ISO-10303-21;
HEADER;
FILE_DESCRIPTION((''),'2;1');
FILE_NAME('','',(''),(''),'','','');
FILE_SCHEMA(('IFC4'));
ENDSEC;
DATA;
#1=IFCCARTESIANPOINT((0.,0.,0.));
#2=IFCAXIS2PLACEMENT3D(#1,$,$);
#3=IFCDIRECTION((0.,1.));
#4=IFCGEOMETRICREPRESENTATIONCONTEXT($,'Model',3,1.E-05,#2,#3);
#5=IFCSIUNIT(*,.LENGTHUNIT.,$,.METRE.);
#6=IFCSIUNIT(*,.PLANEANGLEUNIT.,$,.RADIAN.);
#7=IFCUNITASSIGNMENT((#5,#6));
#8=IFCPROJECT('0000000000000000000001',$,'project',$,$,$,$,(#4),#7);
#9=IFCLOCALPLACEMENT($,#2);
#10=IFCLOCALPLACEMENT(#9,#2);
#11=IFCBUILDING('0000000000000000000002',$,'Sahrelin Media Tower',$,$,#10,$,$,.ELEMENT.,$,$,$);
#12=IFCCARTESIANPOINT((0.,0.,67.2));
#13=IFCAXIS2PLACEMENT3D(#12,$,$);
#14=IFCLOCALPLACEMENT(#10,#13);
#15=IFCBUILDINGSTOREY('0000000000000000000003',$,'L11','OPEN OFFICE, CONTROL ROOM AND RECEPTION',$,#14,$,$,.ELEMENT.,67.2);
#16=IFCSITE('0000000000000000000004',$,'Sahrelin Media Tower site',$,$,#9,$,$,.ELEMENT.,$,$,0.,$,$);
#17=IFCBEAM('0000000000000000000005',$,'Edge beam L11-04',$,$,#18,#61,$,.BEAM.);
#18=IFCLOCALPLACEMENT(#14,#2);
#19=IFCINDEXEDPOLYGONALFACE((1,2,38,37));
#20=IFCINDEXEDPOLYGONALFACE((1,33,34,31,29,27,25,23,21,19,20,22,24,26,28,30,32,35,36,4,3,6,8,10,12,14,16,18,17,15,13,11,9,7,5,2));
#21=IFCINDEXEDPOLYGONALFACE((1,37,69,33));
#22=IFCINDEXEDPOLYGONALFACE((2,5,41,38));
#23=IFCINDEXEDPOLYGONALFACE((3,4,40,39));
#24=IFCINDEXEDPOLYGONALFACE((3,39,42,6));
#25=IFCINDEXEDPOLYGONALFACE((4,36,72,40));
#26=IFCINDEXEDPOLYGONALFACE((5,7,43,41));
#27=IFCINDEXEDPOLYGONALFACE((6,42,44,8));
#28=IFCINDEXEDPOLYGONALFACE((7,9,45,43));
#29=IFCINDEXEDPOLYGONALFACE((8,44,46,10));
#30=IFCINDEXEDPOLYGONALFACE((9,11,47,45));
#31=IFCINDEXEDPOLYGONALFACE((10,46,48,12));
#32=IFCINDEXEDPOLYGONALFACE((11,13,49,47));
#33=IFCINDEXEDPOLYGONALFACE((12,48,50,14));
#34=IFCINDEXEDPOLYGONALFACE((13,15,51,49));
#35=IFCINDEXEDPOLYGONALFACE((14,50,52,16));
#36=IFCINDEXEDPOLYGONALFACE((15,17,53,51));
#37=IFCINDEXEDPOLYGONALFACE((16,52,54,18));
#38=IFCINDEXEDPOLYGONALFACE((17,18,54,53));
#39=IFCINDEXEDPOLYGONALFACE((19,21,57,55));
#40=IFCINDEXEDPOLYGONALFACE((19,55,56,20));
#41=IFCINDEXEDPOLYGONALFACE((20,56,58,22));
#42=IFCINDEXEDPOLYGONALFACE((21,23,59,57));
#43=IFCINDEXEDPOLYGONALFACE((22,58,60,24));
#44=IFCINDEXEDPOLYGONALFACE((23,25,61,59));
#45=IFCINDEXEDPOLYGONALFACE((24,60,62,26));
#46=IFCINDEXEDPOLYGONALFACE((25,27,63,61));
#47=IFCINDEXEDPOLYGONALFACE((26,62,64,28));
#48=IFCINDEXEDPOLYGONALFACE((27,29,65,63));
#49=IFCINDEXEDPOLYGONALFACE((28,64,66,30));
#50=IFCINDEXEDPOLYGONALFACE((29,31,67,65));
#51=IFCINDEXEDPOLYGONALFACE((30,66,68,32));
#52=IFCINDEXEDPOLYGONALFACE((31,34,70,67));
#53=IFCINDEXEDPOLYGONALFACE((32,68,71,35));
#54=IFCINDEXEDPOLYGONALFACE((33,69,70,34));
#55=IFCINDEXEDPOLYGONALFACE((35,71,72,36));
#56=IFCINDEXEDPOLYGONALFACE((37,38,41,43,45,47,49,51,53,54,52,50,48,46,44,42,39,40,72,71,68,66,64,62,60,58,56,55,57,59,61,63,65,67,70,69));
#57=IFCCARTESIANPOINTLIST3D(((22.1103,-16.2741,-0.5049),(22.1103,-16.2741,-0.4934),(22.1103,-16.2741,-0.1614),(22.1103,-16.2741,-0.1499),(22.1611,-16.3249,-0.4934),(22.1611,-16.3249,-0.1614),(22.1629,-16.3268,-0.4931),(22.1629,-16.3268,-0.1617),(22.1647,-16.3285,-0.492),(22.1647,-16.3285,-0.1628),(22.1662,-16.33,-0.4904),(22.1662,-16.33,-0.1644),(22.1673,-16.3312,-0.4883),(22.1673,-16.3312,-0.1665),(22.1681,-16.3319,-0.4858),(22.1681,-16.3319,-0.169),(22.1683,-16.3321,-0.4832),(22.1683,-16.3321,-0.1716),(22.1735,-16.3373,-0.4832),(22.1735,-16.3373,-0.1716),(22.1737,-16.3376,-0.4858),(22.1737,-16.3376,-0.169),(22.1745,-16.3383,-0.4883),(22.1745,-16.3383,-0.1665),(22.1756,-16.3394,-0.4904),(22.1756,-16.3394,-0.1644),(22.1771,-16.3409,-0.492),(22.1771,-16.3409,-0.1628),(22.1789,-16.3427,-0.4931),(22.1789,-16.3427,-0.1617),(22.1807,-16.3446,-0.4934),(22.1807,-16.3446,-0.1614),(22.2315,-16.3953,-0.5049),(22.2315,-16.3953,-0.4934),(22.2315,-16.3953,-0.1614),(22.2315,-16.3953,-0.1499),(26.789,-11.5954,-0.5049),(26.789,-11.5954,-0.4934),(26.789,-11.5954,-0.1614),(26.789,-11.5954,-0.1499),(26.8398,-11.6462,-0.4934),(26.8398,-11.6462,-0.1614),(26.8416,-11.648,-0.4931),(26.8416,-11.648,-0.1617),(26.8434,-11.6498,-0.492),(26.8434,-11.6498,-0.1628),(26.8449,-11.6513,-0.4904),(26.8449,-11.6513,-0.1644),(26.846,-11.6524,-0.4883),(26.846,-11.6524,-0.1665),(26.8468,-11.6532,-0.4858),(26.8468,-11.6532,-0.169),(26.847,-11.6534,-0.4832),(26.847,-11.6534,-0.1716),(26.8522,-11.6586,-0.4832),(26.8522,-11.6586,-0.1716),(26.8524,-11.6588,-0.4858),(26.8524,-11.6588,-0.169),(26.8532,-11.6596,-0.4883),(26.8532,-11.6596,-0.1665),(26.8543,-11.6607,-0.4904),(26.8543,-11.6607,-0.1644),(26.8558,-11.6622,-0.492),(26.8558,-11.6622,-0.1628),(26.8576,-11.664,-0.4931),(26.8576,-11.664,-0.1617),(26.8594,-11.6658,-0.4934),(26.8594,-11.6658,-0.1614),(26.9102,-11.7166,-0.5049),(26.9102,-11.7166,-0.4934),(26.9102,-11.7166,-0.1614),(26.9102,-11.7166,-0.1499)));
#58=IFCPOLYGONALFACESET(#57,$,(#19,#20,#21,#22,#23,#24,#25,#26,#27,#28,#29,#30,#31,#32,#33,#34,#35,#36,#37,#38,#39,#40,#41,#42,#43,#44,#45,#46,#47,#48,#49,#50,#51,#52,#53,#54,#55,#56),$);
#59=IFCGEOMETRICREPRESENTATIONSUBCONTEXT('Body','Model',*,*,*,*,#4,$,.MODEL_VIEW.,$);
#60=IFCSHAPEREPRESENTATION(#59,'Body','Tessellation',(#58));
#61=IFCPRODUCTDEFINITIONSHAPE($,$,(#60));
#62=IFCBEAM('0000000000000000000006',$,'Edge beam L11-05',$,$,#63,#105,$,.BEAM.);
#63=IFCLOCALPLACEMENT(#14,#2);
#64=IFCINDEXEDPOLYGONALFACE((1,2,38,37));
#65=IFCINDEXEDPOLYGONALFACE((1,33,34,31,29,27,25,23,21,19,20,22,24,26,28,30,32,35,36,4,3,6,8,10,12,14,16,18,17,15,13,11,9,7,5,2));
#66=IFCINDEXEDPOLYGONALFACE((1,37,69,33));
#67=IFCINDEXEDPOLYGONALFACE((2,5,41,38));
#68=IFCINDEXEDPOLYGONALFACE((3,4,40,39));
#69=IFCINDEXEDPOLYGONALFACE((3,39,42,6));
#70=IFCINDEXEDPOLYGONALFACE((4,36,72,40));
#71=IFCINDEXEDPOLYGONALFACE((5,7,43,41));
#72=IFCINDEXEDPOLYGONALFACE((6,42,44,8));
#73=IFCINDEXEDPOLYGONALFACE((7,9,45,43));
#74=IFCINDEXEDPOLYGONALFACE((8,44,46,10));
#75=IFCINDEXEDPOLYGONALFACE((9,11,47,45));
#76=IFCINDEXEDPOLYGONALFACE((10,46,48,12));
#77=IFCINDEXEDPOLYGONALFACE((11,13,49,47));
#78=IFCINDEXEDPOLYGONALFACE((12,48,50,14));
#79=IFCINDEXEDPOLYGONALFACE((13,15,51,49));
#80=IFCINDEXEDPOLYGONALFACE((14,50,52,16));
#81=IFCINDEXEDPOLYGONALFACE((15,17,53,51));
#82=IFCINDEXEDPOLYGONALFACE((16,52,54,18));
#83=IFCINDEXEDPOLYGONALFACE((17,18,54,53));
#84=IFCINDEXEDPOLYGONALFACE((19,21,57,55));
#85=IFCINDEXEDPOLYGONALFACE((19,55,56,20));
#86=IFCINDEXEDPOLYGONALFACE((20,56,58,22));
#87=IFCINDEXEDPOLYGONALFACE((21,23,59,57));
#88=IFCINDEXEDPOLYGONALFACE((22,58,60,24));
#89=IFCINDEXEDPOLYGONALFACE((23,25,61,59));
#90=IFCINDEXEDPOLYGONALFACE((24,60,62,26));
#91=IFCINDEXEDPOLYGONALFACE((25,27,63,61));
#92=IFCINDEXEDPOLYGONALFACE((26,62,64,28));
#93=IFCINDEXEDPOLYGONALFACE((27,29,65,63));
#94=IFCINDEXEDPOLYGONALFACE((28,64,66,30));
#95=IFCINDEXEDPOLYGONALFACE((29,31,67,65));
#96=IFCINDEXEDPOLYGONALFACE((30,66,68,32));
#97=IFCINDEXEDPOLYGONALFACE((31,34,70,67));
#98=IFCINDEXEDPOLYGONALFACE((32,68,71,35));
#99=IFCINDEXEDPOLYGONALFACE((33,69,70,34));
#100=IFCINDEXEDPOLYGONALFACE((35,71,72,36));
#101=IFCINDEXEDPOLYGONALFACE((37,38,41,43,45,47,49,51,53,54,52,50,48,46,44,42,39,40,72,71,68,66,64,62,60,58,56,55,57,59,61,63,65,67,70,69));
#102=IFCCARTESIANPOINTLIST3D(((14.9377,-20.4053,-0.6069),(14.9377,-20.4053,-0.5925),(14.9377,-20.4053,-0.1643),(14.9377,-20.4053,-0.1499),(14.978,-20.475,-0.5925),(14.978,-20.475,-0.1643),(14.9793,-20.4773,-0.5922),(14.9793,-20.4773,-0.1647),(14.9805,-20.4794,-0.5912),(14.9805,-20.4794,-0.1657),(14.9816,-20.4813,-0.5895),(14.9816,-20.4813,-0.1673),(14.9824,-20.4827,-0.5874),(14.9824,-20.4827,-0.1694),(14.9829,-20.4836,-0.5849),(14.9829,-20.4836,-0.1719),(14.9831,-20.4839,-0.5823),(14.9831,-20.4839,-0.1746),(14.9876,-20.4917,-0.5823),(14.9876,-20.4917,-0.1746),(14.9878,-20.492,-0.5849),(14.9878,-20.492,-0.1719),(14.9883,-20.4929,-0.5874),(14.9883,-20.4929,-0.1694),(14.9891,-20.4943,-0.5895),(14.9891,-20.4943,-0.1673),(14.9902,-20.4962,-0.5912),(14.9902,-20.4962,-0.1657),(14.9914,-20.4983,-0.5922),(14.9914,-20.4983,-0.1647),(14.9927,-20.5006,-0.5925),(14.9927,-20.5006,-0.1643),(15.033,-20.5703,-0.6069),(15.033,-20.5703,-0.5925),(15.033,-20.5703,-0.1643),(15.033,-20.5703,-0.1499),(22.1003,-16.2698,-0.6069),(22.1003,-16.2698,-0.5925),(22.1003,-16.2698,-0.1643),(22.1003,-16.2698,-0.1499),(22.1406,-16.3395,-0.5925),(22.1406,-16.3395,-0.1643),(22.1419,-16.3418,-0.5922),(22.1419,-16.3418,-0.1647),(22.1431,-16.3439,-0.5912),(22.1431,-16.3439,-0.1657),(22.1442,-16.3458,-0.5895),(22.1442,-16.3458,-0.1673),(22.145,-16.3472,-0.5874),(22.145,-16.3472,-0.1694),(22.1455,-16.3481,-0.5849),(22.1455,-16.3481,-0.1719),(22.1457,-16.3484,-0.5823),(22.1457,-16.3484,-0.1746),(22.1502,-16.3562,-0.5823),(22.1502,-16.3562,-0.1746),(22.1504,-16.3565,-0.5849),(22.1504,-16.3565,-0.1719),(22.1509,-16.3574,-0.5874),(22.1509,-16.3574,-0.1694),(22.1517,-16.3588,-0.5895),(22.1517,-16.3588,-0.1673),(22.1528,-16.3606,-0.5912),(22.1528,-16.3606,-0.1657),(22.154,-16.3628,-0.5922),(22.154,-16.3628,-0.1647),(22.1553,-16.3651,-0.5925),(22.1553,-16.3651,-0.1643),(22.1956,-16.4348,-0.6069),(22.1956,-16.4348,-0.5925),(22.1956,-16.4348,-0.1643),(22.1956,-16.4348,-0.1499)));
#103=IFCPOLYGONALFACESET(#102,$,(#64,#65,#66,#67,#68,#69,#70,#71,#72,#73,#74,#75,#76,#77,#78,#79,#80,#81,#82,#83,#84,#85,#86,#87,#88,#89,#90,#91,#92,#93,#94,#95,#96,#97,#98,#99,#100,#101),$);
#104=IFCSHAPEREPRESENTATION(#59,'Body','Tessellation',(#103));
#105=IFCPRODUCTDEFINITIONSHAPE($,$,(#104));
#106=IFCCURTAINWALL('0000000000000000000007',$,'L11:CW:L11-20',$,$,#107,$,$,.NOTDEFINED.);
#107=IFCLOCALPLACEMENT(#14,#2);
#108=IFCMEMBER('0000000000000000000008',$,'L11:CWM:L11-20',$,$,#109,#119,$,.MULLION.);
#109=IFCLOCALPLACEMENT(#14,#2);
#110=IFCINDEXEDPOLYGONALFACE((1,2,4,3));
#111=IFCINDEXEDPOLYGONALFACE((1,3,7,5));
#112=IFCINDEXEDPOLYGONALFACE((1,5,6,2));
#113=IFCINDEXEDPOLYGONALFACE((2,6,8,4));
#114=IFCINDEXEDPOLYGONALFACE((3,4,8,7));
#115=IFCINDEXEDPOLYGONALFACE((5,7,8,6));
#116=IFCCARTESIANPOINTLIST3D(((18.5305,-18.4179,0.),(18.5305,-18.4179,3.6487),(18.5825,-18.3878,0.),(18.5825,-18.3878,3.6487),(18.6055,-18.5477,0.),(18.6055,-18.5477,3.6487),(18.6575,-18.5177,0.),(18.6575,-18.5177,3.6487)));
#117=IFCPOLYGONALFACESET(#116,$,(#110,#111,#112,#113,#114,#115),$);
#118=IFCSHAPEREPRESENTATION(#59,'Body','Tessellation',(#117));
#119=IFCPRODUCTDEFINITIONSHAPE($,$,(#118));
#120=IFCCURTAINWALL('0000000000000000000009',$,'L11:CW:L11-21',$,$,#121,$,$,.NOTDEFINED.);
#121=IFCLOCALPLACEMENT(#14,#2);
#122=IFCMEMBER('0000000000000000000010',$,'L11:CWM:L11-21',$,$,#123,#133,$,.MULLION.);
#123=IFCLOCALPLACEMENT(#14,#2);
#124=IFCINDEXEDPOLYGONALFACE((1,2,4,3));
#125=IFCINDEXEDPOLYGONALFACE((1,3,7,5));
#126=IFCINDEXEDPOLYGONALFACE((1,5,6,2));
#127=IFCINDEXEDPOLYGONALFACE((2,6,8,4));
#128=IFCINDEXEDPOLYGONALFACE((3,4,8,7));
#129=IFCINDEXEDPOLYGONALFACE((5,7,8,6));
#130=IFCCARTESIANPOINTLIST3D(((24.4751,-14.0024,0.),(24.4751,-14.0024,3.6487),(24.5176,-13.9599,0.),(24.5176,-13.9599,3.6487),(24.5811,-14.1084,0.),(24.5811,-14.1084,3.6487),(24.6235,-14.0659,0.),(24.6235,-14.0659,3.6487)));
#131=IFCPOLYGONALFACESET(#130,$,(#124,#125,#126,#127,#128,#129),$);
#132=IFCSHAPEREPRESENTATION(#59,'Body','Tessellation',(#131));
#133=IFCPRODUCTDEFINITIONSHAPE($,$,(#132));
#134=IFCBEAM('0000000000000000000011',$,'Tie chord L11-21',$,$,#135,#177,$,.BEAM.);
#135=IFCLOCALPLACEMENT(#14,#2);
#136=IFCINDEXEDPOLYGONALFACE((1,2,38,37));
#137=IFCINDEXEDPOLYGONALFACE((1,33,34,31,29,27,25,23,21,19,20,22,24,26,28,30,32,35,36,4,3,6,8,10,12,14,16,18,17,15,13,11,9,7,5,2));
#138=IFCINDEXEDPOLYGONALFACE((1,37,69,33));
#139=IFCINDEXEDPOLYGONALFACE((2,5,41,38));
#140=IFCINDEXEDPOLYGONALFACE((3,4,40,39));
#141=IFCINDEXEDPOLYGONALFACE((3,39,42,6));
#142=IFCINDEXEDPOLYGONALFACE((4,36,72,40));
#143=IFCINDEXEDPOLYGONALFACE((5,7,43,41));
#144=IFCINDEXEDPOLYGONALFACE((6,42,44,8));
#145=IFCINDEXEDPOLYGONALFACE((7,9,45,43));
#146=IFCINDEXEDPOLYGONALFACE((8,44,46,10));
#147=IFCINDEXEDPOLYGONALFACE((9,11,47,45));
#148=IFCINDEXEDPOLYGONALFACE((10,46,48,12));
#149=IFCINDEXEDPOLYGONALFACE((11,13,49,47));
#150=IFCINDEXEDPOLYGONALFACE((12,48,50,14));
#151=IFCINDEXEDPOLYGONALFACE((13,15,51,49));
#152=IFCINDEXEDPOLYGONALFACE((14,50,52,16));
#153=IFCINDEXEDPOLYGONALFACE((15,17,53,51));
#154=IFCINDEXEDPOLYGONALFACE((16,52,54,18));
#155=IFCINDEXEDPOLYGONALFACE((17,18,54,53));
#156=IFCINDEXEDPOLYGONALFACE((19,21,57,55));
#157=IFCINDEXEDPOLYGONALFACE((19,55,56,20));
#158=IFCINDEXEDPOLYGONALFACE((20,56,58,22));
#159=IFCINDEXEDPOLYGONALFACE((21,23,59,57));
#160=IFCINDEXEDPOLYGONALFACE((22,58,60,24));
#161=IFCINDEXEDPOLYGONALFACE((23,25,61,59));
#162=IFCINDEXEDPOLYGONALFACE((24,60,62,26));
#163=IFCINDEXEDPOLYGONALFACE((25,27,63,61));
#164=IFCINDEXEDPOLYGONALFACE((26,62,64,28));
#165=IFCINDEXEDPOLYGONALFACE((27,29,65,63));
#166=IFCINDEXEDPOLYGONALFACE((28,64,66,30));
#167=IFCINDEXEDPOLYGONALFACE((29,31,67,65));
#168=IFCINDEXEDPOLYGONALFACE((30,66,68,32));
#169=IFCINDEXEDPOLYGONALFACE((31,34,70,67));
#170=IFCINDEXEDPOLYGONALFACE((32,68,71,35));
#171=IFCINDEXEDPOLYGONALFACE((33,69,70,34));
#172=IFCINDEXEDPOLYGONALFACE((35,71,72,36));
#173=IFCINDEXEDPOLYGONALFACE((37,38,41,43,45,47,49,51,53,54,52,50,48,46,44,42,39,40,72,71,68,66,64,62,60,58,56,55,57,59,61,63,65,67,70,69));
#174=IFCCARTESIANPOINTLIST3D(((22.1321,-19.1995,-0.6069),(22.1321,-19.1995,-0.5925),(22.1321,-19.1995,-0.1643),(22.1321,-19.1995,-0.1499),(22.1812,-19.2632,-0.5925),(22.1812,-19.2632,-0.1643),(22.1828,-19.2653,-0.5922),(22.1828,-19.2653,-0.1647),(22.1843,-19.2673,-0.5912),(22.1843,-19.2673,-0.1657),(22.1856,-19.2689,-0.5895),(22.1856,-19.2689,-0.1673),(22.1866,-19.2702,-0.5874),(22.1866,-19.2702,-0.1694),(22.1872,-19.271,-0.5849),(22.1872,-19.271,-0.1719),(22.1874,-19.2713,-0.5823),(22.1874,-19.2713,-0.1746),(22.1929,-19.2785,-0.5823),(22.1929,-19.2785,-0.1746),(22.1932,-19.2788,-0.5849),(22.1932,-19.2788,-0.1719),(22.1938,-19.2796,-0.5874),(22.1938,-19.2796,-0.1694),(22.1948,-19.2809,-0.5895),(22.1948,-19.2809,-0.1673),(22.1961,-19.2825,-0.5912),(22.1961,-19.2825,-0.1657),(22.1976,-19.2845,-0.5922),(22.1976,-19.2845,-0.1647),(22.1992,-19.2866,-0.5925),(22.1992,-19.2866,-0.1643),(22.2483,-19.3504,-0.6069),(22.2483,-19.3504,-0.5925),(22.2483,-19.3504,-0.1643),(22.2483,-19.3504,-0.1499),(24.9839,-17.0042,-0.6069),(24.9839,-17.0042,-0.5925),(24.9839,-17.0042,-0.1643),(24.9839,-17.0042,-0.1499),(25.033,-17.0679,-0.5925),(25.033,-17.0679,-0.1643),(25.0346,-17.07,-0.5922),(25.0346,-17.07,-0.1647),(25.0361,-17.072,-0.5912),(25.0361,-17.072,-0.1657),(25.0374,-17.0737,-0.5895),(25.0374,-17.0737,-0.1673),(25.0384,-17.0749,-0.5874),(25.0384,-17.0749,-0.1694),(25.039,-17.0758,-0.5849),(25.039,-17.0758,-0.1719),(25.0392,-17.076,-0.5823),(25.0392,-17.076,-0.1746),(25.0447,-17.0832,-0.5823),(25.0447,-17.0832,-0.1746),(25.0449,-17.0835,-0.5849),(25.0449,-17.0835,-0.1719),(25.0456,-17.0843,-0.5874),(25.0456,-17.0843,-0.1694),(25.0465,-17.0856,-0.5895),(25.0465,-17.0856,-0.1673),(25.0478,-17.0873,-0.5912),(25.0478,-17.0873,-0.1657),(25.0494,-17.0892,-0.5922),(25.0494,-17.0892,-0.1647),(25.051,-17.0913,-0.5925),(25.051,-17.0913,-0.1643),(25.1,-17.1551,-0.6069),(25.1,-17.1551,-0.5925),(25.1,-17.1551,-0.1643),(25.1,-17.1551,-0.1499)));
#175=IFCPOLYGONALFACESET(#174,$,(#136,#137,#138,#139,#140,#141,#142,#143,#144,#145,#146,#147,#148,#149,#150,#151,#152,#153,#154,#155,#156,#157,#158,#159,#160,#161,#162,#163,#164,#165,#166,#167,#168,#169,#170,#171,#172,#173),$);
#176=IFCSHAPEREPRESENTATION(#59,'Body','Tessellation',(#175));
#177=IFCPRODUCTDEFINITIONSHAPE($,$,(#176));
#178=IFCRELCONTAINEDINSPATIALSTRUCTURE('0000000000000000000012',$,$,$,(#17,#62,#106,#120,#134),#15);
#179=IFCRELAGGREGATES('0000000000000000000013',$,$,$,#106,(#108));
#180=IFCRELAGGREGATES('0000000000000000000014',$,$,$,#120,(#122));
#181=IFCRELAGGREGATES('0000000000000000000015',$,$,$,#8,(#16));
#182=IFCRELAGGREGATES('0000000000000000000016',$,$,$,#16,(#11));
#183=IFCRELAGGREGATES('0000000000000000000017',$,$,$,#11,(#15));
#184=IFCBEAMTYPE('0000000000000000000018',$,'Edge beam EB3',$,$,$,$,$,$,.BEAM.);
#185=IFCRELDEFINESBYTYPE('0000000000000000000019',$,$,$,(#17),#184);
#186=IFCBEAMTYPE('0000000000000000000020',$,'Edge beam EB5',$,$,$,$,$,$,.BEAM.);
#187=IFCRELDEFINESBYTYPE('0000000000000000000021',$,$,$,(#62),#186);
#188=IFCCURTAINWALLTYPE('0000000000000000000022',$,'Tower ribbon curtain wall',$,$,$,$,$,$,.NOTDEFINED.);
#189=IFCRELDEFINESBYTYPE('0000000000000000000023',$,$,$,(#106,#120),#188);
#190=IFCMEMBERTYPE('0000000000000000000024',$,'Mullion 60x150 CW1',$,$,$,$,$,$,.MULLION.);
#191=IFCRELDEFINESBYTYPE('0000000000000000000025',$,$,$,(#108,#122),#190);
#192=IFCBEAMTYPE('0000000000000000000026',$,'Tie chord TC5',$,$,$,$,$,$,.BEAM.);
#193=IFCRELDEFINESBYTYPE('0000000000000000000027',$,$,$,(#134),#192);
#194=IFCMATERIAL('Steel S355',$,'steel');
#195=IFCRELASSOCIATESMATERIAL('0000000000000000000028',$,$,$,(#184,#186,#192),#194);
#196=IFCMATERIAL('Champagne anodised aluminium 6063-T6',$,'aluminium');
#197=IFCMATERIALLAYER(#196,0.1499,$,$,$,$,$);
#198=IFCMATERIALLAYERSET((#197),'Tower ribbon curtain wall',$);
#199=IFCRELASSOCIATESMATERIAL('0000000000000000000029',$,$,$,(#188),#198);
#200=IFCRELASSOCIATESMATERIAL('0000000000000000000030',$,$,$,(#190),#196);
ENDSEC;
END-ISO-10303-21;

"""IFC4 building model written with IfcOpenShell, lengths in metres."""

from ifc_helpers import new_model, si_unit, direction, frame, origin, origin_2d, place, context, subcontext, project, spatial, rectangle, i_section, extrude, material, layer, layer_set, material_profile, profile_set, type_object, element, aggregate, save


model = new_model("IFC4")

# Units and contexts
model_context = context("Model", 3, precision=1e-05, world=origin(), true_north=direction((0.0, 1.0)))
body_context = subcontext(model_context, "Body", "Model", "MODEL_VIEW")
ifc_project = project(units=[si_unit("LENGTHUNIT", "METRE"), si_unit("PLANEANGLEUNIT", "RADIAN")], contexts=[model_context])

# Site, building, storey
site_placement = place(None, origin())
site = spatial("IfcSite", under=ifc_project, at=site_placement, Name="Sahrelin Media Tower site", CompositionType="ELEMENT", RefElevation=0.0)
building_placement = place(site_placement, origin())
building = spatial("IfcBuilding", under=site, at=building_placement, Name="Sahrelin Media Tower", CompositionType="ELEMENT")
storey_placement = place(building_placement, frame((0.0, 0.0, 67.2)))
storey = spatial("IfcBuildingStorey", under=building, at=storey_placement, Name="L11", Description="OPEN OFFICE, CONTROL ROOM AND RECEPTION", CompositionType="ELEMENT", Elevation=67.2)

# Beams
ifc_material_1 = material(Name="Steel S355", Category="steel")
ifc_material_profile_1 = material_profile(ifc_material_1, i_section(OverallWidth=0.1714, OverallDepth=0.355, WebThickness=0.0073, FlangeThickness=0.0115, FilletRadius=0.0103, at=origin_2d()), Name="UB 356x171x51")
ifc_profile_set_1 = profile_set([ifc_material_profile_1], Name="Steel S355")
beam_type_1 = type_object("IfcBeamType", Name="Edge beam EB3", PredefinedType="BEAM", material=ifc_profile_set_1)
beam_1_placement = place(storey_placement, frame((26.8496, -11.656, -0.3274), z_axis=(-0.707107, -0.707107, 0.0), x_axis=(0.707107, -0.707107, 0.0)))
element("IfcBeam", 1, at=beam_1_placement, inside=storey, type_object=beam_type_1, Name="Edge beam L11-04", PredefinedType="BEAM", context=body_context, shape_type="SweptSolid", body=[
    extrude(i_section(OverallWidth=0.1714, OverallDepth=0.355, WebThickness=0.0073, FlangeThickness=0.0115, FilletRadius=0.0103, at=origin_2d()), origin(), (0.0, 0.0, 1.0), 6.6167),
])
ifc_material_profile_2 = material_profile(ifc_material_1, i_section(OverallWidth=0.1904, OverallDepth=0.457, WebThickness=0.009, FlangeThickness=0.0144, FilletRadius=0.0103, at=origin_2d()), Name="UB 457x191x74")
ifc_profile_set_2 = profile_set([ifc_material_profile_2], Name="Steel S355")
beam_type_2 = type_object("IfcBeamType", Name="Edge beam EB5", PredefinedType="BEAM", material=ifc_profile_set_2)
beam_2_placement = place(storey_placement, frame((22.1479, -16.3523, -0.3784), z_axis=(-0.866016, -0.500015, 0.0), x_axis=(0.500015, -0.866016, 0.0)))
element("IfcBeam", 2, at=beam_2_placement, inside=storey, type_object=beam_type_2, Name="Edge beam L11-05", PredefinedType="BEAM", context=body_context, shape_type="SweptSolid", body=[
    extrude(i_section(OverallWidth=0.1904, OverallDepth=0.457, WebThickness=0.009, FlangeThickness=0.0144, FilletRadius=0.0103, at=origin_2d()), origin(), (0.0, 0.0, 1.0), 8.2708),
])

# Curtain walls, members
ifc_material_2 = material(Name="Champagne anodised aluminium 6063-T6", Category="aluminium")
ifc_layer_1 = layer(ifc_material_2, 0.1499)
ifc_layer_set_1 = layer_set([ifc_layer_1], Name="Tower ribbon curtain wall")
curtain_wall_type = type_object("IfcCurtainWallType", Name="Tower ribbon curtain wall", PredefinedType="NOTDEFINED", material=ifc_layer_set_1)
curtain_wall_1_placement = place(storey_placement, frame((18.6416, -18.5498, 0.0), z_axis=(0.0, 0.0, 1.0), x_axis=(1.0, 0.0, 0.0)))
curtain_wall_1 = element("IfcCurtainWall", 3, at=curtain_wall_1_placement, inside=storey, type_object=curtain_wall_type, Name="L11:CW:L11-20", PredefinedType="NOTDEFINED")
ifc_material_profile_3 = material_profile(ifc_material_2, rectangle(XDim=0.0601, YDim=0.1499, at=origin_2d()), Name="Mullion 60x150")
ifc_profile_set_3 = profile_set([ifc_material_profile_3], Name="Champagne anodised aluminium 6063-T6")
member_type_1 = type_object("IfcMemberType", Name="Mullion 60x150 CW1", PredefinedType="MULLION", material=ifc_profile_set_3)
member_1_placement = place(storey_placement, frame((18.594, -18.4678, 0.0), z_axis=(0.0, 0.0, 1.0), x_axis=(0.866025, 0.500002, 0.0)))
member_1 = element("IfcMember", 4, at=member_1_placement, type_object=member_type_1, Name="L11:CWM:L11-20", PredefinedType="MULLION", context=body_context, shape_type="SweptSolid", body=[
    extrude(rectangle(XDim=0.0601, YDim=0.1499, at=origin_2d()), origin(), (0.0, 0.0, 1.0), 3.6487),
])
curtain_wall_2_placement = place(storey_placement, frame((24.6165, -14.1013, 0.0), z_axis=(0.0, 0.0, 1.0), x_axis=(1.0, 0.0, 0.0)))
curtain_wall_2 = element("IfcCurtainWall", 5, at=curtain_wall_2_placement, inside=storey, type_object=curtain_wall_type, Name="L11:CW:L11-21", PredefinedType="NOTDEFINED")
member_2_placement = place(storey_placement, frame((24.5493, -14.0342, 0.0), z_axis=(0.0, 0.0, 1.0), x_axis=(0.707107, 0.707107, 0.0)))
member_2 = element("IfcMember", 6, at=member_2_placement, type_object=member_type_1, Name="L11:CWM:L11-21", PredefinedType="MULLION", context=body_context, shape_type="SweptSolid", body=[
    extrude(rectangle(XDim=0.0601, YDim=0.1499, at=origin_2d()), origin(), (0.0, 0.0, 1.0), 3.6487),
])

# Beam
ifc_material_profile_4 = material_profile(ifc_material_1, i_section(OverallWidth=0.1904, OverallDepth=0.457, WebThickness=0.009, FlangeThickness=0.0144, FilletRadius=0.0103, at=origin_2d()), Name="UB 457x191x74")
ifc_profile_set_4 = profile_set([ifc_material_profile_4], Name="Steel S355")
beam_type_3 = type_object("IfcBeamType", Name="Tie chord TC5", PredefinedType="BEAM", material=ifc_profile_set_4)
beam_3_placement = place(storey_placement, frame((22.1902, -19.2749, -0.3784), z_axis=(0.792407, 0.609993, 0.0), x_axis=(-0.609993, 0.792407, 0.0)))
element("IfcBeam", 7, at=beam_3_placement, inside=storey, type_object=beam_type_3, Name="Tie chord L11-21", PredefinedType="BEAM", context=body_context, shape_type="SweptSolid", body=[
    extrude(i_section(OverallWidth=0.1904, OverallDepth=0.457, WebThickness=0.009, FlangeThickness=0.0144, FilletRadius=0.0103, at=origin_2d()), origin(), (0.0, 0.0, 1.0), 3.5989),
])

aggregate(curtain_wall_1, [member_1])
aggregate(curtain_wall_2, [member_2])

save(model, "model.ifc")
